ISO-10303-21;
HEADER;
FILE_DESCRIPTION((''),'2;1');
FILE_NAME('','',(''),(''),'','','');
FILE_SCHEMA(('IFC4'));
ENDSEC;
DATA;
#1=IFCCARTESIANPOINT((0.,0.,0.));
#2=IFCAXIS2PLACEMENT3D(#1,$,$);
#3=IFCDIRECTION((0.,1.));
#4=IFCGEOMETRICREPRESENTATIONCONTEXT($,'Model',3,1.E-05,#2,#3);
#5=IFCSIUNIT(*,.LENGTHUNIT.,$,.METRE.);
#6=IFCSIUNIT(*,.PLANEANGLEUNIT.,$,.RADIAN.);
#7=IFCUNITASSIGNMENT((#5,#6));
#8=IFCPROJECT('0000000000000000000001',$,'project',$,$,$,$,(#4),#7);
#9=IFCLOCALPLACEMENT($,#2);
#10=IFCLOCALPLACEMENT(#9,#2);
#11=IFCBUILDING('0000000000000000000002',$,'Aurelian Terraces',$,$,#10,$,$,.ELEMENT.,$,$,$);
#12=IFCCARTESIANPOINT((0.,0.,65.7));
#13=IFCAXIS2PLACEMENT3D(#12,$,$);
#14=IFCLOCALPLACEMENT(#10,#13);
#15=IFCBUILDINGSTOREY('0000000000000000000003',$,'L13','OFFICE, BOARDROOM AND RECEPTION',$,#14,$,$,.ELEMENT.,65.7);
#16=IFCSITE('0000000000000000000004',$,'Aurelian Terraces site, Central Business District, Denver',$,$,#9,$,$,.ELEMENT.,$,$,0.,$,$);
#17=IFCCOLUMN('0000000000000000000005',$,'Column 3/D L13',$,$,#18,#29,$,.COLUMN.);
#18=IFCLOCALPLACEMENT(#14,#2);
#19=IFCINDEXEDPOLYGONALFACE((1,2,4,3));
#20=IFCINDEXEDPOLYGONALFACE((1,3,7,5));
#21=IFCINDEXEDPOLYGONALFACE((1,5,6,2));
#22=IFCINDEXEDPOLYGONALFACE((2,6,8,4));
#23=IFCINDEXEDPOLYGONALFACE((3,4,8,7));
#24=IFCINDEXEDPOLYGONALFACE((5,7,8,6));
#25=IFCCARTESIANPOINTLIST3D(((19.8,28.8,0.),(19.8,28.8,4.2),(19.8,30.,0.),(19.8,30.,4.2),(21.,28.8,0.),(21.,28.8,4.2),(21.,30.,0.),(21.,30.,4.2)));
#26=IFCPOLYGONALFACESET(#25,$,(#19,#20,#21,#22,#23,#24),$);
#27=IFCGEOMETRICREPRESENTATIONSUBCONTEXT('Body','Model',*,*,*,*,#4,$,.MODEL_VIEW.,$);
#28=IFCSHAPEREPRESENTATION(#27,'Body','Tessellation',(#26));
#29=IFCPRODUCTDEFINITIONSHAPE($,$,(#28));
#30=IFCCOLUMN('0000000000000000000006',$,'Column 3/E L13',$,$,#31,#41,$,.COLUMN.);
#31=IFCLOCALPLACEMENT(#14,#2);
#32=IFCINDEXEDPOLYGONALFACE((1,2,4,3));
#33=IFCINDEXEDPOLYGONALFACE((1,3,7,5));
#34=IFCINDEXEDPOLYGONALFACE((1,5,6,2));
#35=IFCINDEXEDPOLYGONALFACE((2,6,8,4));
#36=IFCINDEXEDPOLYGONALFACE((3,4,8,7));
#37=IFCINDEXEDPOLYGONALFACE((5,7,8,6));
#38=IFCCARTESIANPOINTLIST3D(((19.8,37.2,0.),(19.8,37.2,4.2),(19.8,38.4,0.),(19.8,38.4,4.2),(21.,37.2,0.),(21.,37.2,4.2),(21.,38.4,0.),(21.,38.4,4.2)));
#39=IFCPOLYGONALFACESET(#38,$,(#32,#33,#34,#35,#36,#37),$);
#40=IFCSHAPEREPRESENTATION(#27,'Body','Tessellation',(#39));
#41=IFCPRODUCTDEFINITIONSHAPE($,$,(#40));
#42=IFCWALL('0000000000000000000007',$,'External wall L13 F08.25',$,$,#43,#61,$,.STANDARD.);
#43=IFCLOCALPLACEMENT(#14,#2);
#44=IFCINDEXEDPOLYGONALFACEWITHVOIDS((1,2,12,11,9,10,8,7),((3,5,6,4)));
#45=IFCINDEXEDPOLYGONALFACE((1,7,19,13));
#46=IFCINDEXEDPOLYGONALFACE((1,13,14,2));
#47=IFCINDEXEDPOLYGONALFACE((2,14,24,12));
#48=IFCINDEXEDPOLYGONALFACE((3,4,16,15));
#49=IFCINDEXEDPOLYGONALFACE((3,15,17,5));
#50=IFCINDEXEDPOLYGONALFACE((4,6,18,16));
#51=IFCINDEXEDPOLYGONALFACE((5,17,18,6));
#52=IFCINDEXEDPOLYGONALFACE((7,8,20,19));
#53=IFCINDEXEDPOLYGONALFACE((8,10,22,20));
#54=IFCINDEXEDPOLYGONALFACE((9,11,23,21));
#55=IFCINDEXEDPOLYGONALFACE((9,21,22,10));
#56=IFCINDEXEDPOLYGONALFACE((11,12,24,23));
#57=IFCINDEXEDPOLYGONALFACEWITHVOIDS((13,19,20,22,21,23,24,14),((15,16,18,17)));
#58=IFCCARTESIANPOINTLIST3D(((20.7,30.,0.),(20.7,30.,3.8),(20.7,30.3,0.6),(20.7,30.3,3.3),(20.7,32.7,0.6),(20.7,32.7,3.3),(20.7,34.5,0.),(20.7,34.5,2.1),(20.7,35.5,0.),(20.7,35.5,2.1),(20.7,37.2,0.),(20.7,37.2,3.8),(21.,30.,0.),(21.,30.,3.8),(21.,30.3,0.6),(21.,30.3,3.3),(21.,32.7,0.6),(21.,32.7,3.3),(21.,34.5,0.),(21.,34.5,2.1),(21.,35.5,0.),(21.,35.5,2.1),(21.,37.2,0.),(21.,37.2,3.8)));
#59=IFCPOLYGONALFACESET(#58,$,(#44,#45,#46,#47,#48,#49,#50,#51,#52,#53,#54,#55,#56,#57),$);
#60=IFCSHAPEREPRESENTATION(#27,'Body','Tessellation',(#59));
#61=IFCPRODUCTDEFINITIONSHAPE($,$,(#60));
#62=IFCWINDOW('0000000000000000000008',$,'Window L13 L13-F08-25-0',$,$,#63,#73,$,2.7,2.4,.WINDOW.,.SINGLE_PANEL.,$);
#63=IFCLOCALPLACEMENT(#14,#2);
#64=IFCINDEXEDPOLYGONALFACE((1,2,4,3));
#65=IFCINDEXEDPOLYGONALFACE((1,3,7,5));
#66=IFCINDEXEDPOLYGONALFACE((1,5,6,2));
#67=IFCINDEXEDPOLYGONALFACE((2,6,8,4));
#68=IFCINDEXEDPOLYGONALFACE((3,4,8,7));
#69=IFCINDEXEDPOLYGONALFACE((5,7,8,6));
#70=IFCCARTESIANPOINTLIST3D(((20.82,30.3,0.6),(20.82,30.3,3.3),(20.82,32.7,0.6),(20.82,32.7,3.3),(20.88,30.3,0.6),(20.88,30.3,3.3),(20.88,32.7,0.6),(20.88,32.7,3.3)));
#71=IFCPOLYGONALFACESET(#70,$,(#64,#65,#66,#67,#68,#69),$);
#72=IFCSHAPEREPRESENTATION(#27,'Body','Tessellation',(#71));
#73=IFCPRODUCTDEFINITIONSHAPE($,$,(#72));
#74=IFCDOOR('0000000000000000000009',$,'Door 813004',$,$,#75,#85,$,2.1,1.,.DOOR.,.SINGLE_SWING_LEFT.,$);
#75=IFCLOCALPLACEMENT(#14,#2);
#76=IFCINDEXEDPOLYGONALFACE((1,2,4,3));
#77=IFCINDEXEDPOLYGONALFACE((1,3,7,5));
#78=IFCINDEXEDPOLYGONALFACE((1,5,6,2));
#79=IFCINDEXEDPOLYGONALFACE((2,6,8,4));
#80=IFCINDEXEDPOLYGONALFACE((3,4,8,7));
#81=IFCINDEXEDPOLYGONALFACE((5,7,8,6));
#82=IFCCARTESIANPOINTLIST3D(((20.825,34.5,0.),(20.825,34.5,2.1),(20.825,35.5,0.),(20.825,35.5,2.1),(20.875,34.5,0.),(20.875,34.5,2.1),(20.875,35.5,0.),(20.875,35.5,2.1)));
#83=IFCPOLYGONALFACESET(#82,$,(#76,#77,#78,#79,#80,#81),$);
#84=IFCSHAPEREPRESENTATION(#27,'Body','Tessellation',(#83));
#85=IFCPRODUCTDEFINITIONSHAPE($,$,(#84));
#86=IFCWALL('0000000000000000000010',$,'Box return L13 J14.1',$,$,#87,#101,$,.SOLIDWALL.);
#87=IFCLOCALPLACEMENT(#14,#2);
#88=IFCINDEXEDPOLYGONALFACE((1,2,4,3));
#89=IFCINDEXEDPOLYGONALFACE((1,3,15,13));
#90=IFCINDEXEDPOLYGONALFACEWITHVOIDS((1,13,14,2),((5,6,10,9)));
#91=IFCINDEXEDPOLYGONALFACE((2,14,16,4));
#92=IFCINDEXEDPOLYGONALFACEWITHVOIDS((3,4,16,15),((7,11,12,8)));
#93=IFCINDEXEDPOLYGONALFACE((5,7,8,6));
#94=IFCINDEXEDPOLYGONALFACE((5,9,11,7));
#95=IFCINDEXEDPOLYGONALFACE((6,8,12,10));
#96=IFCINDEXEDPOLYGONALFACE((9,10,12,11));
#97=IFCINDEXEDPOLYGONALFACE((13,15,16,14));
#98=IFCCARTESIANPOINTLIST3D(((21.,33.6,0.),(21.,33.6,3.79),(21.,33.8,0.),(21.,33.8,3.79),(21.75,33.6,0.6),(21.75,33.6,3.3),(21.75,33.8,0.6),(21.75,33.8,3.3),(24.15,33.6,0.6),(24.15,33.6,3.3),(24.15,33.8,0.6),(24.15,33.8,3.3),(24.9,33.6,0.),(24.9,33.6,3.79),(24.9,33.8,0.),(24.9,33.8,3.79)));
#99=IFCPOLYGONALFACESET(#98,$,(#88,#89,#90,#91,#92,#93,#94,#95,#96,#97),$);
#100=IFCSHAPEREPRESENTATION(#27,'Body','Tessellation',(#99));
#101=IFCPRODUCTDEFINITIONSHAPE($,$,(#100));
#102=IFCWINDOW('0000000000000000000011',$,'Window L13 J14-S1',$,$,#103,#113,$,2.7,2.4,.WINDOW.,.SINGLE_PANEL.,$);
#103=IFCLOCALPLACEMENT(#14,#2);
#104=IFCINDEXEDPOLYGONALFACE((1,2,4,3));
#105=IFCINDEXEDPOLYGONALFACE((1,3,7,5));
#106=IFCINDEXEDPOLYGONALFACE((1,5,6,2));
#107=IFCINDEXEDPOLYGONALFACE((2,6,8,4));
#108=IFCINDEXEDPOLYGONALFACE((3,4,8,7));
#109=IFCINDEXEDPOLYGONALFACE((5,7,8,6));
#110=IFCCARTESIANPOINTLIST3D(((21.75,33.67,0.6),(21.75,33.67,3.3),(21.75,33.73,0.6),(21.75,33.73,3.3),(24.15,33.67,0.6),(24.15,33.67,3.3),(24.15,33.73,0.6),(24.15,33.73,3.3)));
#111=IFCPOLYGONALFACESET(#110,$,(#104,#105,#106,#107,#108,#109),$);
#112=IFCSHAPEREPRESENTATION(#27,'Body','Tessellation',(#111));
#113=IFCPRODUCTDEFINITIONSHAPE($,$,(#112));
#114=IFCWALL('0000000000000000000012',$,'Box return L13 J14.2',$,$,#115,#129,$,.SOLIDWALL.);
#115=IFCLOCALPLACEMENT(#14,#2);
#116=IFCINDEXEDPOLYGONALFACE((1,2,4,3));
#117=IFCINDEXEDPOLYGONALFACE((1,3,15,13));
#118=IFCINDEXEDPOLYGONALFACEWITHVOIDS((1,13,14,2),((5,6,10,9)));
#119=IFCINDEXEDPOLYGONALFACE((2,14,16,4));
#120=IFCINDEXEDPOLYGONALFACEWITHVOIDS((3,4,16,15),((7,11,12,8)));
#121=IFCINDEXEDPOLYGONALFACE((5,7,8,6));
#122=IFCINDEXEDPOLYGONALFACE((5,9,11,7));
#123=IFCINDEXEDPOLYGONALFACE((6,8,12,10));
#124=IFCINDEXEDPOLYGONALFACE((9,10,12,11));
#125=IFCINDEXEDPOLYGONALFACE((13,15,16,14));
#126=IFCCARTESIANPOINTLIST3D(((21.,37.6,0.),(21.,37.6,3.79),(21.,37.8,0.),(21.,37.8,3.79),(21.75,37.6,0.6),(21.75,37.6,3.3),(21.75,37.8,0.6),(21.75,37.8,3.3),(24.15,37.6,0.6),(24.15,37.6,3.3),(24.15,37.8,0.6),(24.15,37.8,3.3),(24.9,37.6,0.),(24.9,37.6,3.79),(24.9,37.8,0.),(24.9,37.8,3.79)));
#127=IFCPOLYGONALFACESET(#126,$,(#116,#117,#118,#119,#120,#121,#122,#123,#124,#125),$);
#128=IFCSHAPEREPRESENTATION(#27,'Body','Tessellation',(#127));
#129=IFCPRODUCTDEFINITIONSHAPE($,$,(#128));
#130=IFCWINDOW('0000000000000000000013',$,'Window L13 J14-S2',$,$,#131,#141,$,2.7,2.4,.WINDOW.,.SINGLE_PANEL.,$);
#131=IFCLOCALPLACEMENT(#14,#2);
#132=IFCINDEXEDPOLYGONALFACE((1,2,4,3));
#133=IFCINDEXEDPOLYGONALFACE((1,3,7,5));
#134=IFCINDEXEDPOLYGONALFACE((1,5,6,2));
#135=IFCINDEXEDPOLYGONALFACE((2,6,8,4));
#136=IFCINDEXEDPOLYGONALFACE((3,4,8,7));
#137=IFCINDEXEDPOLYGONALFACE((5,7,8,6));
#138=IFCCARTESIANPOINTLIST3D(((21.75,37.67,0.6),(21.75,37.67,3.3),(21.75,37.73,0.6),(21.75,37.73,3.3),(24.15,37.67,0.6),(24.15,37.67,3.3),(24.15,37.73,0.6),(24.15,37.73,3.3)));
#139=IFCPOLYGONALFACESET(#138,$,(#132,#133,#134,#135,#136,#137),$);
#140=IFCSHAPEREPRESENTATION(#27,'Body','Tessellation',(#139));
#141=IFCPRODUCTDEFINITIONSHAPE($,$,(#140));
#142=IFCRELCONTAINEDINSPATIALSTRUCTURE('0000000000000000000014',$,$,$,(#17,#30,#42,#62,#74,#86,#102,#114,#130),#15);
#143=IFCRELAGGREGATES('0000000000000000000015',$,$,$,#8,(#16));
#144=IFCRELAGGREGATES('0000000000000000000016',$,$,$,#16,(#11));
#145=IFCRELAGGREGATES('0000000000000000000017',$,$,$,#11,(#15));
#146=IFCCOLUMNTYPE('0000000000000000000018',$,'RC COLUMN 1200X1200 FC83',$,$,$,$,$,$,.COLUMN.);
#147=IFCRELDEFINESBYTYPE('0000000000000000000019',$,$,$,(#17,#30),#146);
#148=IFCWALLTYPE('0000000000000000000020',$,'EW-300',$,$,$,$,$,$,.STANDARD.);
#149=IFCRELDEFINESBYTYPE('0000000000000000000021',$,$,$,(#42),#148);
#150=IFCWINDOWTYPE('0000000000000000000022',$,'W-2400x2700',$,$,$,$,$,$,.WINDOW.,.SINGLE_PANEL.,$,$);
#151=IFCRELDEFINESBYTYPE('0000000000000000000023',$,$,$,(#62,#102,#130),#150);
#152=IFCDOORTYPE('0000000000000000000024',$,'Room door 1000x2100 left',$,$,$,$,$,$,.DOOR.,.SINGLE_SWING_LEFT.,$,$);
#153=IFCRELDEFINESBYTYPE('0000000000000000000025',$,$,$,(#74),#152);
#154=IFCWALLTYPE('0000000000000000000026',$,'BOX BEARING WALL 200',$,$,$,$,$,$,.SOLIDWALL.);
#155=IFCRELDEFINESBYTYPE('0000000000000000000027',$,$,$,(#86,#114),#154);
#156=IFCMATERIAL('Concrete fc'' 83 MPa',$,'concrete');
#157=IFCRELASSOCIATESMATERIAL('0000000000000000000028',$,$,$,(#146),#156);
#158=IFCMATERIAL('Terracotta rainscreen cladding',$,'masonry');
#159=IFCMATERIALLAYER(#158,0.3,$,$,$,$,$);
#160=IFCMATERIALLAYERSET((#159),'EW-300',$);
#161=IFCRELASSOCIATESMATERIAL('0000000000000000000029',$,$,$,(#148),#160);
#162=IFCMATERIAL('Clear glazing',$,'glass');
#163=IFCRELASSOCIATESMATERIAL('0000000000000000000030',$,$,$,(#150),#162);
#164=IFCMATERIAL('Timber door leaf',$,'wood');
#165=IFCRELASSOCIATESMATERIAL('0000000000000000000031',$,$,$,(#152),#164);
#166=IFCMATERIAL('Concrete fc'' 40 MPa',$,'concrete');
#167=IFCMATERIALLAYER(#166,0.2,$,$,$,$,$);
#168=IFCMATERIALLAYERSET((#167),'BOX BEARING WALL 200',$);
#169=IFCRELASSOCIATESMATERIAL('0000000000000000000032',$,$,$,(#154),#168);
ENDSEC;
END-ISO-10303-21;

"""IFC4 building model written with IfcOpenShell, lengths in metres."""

from ifc_helpers import new_model, si_unit, direction, frame, frame_2d, origin, origin_2d, place, context, subcontext, project, spatial, rectangle, extrude, source, transform, mapped, material, layer, layer_set, material_profile, profile_set, type_object, element, fill, save


model = new_model("IFC4")

# Units and contexts
model_context = context("Model", 3, precision=1e-05, world=origin(), true_north=direction((0.0, 1.0)))
body_context = subcontext(model_context, "Body", "Model", "MODEL_VIEW")
ifc_project = project(units=[si_unit("LENGTHUNIT", "METRE"), si_unit("PLANEANGLEUNIT", "RADIAN")], contexts=[model_context])

# Site, building, storey
site_placement = place(None, origin())
site = spatial("IfcSite", under=ifc_project, at=site_placement, Name="Aurelian Terraces site, Central Business District, Denver", CompositionType="ELEMENT", RefElevation=0.0)
building_placement = place(site_placement, origin())
building = spatial("IfcBuilding", under=site, at=building_placement, Name="Aurelian Terraces", CompositionType="ELEMENT")
storey_placement = place(building_placement, frame((0.0, 0.0, 65.7)))
storey = spatial("IfcBuildingStorey", under=building, at=storey_placement, Name="L13", Description="OFFICE, BOARDROOM AND RECEPTION", CompositionType="ELEMENT", Elevation=65.7)

# Columns
ifc_material_1 = material(Name="Concrete fc' 83 MPa", Category="concrete")
ifc_material_profile = material_profile(ifc_material_1, rectangle(XDim=1.2, YDim=1.2, at=origin_2d()))
ifc_profile_set = profile_set([ifc_material_profile], Name="Concrete fc' 83 MPa")
column_type = type_object("IfcColumnType", Name="RC COLUMN 1200X1200 FC83", PredefinedType="COLUMN", material=ifc_profile_set)
shared_shape_1 = source(origin(), body_context, "Body", "SweptSolid", [
    extrude(rectangle(XDim=1.2, YDim=1.2, at=origin_2d()), origin(), (0.0, 0.0, 1.0), 4.2),
])
for number, where, z_axis, x_axis, name in (
    (1, (20.4, 29.4, 0.0), (0.0, 0.0, 1.0), (1.0, 0.0, 0.0), "Column 3/D L13"),
    (2, (20.4, 37.8, 0.0), (0.0, 0.0, 1.0), (1.0, 0.0, 0.0), "Column 3/E L13"),
):
    element("IfcColumn", number, at=place(storey_placement, frame(where, z_axis=z_axis, x_axis=x_axis)), inside=storey, type_object=column_type, Name=name, PredefinedType="COLUMN", context=body_context, shape_type="MappedRepresentation", body=[
        mapped(shared_shape_1, transform((0.0, 0.0, 0.0), scale=1.0)),
    ])

# Wall, openings, window, door
ifc_material_2 = material(Name="Terracotta rainscreen cladding", Category="masonry")
ifc_layer_1 = layer(ifc_material_2, 0.3)
ifc_layer_set_1 = layer_set([ifc_layer_1], Name="EW-300")
wall_type_1 = type_object("IfcWallType", Name="EW-300", PredefinedType="STANDARD", material=ifc_layer_set_1)
shared_shape_2 = source(origin(), body_context, "Body", "SweptSolid", [
    extrude(rectangle(XDim=7.2, YDim=0.3, at=frame_2d((3.6, 0.0))), origin(), (0.0, 0.0, 1.0), 3.8),
])
wall_1_placement = place(storey_placement, frame((20.85, 30.0, 0.0), z_axis=(0.0, 0.0, 1.0), x_axis=(0.0, 1.0, 0.0)))
wall_1 = element("IfcWall", 3, at=wall_1_placement, inside=storey, type_object=wall_type_1, Name="External wall L13 F08.25", PredefinedType="STANDARD", context=body_context, shape_type="MappedRepresentation", body=[
    mapped(shared_shape_2, transform((0.0, 0.0, 0.0), scale=1.0)),
])
shared_shape_3 = source(origin(), body_context, "Body", "SweptSolid", [
    extrude(rectangle(XDim=2.4, YDim=2.7, at=frame_2d((1.2, 1.35))), frame((0.0, 0.16, 0.0), z_axis=(0.0, -1.0, 0.0), x_axis=(1.0, 0.0, 0.0)), (0.0, 0.0, 1.0), 0.32),
])
opening_1_placement = place(wall_1_placement, frame((0.3, 0.0, 0.6)))
opening_1 = element("IfcOpeningElement", 4, at=opening_1_placement, cuts=wall_1, PredefinedType="OPENING", context=body_context, shape_type="MappedRepresentation", body=[
    mapped(shared_shape_3, transform((0.0, 0.0, 0.0), scale=1.0)),
])
shared_shape_4 = source(origin(), body_context, "Body", "SweptSolid", [
    extrude(rectangle(XDim=1.0, YDim=2.1, at=frame_2d((0.5, 1.05))), frame((0.0, 0.16, 0.0), z_axis=(0.0, -1.0, 0.0), x_axis=(1.0, 0.0, 0.0)), (0.0, 0.0, 1.0), 0.32),
])
opening_2_placement = place(wall_1_placement, frame((4.5, 0.0, 0.0)))
opening_2 = element("IfcOpeningElement", 5, at=opening_2_placement, cuts=wall_1, PredefinedType="OPENING", context=body_context, shape_type="MappedRepresentation", body=[
    mapped(shared_shape_4, transform((0.0, 0.0, 0.0), scale=1.0)),
])
ifc_material_3 = material(Name="Clear glazing", Category="glass")
window_type_1 = type_object("IfcWindowType", Name="W-2400x2700", PartitioningType="SINGLE_PANEL", PredefinedType="WINDOW", material=ifc_material_3)
shared_shape_5 = source(origin(), body_context, "Body", "SweptSolid", [
    extrude(rectangle(XDim=2.4, YDim=2.7, at=frame_2d((1.2, 1.35))), frame((0.0, 0.03, 0.0), z_axis=(0.0, -1.0, 0.0), x_axis=(1.0, 0.0, 0.0)), (0.0, 0.0, 1.0), 0.06),
])
window_1_placement = place(opening_1_placement, origin())
window_1 = element("IfcWindow", 6, at=window_1_placement, inside=storey, type_object=window_type_1, Name="Window L13 L13-F08-25-0", OverallHeight=2.7, OverallWidth=2.4, PartitioningType="SINGLE_PANEL", PredefinedType="WINDOW", context=body_context, shape_type="MappedRepresentation", body=[
    mapped(shared_shape_5, transform((0.0, 0.0, 0.0), scale=1.0)),
])
fill(opening_1, window_1)
ifc_material_4 = material(Name="Timber door leaf", Category="wood")
door_type = type_object("IfcDoorType", Name="Room door 1000x2100 left", OperationType="SINGLE_SWING_LEFT", PredefinedType="DOOR", material=ifc_material_4)
shared_shape_6 = source(origin(), body_context, "Body", "SweptSolid", [
    extrude(rectangle(XDim=1.0, YDim=2.1, at=frame_2d((0.5, 1.05))), frame((0.0, 0.025, 0.0), z_axis=(0.0, -1.0, 0.0), x_axis=(1.0, 0.0, 0.0)), (0.0, 0.0, 1.0), 0.05),
])
door_placement = place(opening_2_placement, origin())
door = element("IfcDoor", 7, at=door_placement, inside=storey, type_object=door_type, Name="Door 813004", OperationType="SINGLE_SWING_LEFT", OverallHeight=2.1, OverallWidth=1.0, PredefinedType="DOOR", context=body_context, shape_type="MappedRepresentation", body=[
    mapped(shared_shape_6, transform((0.0, 0.0, 0.0), scale=1.0)),
])
fill(opening_2, door)

# Walls, openings, windows
ifc_material_5 = material(Name="Concrete fc' 40 MPa", Category="concrete")
ifc_layer_2 = layer(ifc_material_5, 0.2)
ifc_layer_set_2 = layer_set([ifc_layer_2], Name="BOX BEARING WALL 200")
wall_type_2 = type_object("IfcWallType", Name="BOX BEARING WALL 200", PredefinedType="SOLIDWALL", material=ifc_layer_set_2)
shared_shape_7 = source(origin(), body_context, "Body", "SweptSolid", [
    extrude(rectangle(XDim=3.9, YDim=0.2, at=frame_2d((1.95, 0.0))), origin(), (0.0, 0.0, 1.0), 3.79),
])
wall_2_placement = place(storey_placement, frame((21.0, 33.7, 0.0), z_axis=(0.0, 0.0, 1.0), x_axis=(1.0, 0.0, 0.0)))
wall_2 = element("IfcWall", 8, at=wall_2_placement, inside=storey, type_object=wall_type_2, Name="Box return L13 J14.1", PredefinedType="SOLIDWALL", context=body_context, shape_type="MappedRepresentation", body=[
    mapped(shared_shape_7, transform((0.0, 0.0, 0.0), scale=1.0)),
])
shared_shape_8 = source(origin(), body_context, "Body", "SweptSolid", [
    extrude(rectangle(XDim=2.4, YDim=2.7, at=frame_2d((1.2, 1.35))), frame((0.0, 0.11, 0.0), z_axis=(0.0, -1.0, 0.0), x_axis=(1.0, 0.0, 0.0)), (0.0, 0.0, 1.0), 0.22),
])
opening_3_placement = place(wall_2_placement, frame((0.75, 0.0, 0.6)))
opening_3 = element("IfcOpeningElement", 9, at=opening_3_placement, cuts=wall_2, PredefinedType="OPENING", context=body_context, shape_type="MappedRepresentation", body=[
    mapped(shared_shape_8, transform((0.0, 0.0, 0.0), scale=1.0)),
])
window_2_placement = place(opening_3_placement, origin())
window_2 = element("IfcWindow", 10, at=window_2_placement, inside=storey, type_object=window_type_1, Name="Window L13 J14-S1", OverallHeight=2.7, OverallWidth=2.4, PartitioningType="SINGLE_PANEL", PredefinedType="WINDOW", context=body_context, shape_type="MappedRepresentation", body=[
    mapped(shared_shape_5, transform((0.0, 0.0, 0.0), scale=1.0)),
])
fill(opening_3, window_2)
wall_3_placement = place(storey_placement, frame((21.0, 37.7, 0.0), z_axis=(0.0, 0.0, 1.0), x_axis=(1.0, 0.0, 0.0)))
wall_3 = element("IfcWall", 11, at=wall_3_placement, inside=storey, type_object=wall_type_2, Name="Box return L13 J14.2", PredefinedType="SOLIDWALL", context=body_context, shape_type="MappedRepresentation", body=[
    mapped(shared_shape_7, transform((0.0, 0.0, 0.0), scale=1.0)),
])
opening_4_placement = place(wall_3_placement, frame((0.75, 0.0, 0.6)))
opening_4 = element("IfcOpeningElement", 12, at=opening_4_placement, cuts=wall_3, PredefinedType="OPENING", context=body_context, shape_type="MappedRepresentation", body=[
    mapped(shared_shape_8, transform((0.0, 0.0, 0.0), scale=1.0)),
])
window_3_placement = place(opening_4_placement, origin())
window_3 = element("IfcWindow", 13, at=window_3_placement, inside=storey, type_object=window_type_1, Name="Window L13 J14-S2", OverallHeight=2.7, OverallWidth=2.4, PartitioningType="SINGLE_PANEL", PredefinedType="WINDOW", context=body_context, shape_type="MappedRepresentation", body=[
    mapped(shared_shape_5, transform((0.0, 0.0, 0.0), scale=1.0)),
])
fill(opening_4, window_3)

save(model, "model.ifc")
